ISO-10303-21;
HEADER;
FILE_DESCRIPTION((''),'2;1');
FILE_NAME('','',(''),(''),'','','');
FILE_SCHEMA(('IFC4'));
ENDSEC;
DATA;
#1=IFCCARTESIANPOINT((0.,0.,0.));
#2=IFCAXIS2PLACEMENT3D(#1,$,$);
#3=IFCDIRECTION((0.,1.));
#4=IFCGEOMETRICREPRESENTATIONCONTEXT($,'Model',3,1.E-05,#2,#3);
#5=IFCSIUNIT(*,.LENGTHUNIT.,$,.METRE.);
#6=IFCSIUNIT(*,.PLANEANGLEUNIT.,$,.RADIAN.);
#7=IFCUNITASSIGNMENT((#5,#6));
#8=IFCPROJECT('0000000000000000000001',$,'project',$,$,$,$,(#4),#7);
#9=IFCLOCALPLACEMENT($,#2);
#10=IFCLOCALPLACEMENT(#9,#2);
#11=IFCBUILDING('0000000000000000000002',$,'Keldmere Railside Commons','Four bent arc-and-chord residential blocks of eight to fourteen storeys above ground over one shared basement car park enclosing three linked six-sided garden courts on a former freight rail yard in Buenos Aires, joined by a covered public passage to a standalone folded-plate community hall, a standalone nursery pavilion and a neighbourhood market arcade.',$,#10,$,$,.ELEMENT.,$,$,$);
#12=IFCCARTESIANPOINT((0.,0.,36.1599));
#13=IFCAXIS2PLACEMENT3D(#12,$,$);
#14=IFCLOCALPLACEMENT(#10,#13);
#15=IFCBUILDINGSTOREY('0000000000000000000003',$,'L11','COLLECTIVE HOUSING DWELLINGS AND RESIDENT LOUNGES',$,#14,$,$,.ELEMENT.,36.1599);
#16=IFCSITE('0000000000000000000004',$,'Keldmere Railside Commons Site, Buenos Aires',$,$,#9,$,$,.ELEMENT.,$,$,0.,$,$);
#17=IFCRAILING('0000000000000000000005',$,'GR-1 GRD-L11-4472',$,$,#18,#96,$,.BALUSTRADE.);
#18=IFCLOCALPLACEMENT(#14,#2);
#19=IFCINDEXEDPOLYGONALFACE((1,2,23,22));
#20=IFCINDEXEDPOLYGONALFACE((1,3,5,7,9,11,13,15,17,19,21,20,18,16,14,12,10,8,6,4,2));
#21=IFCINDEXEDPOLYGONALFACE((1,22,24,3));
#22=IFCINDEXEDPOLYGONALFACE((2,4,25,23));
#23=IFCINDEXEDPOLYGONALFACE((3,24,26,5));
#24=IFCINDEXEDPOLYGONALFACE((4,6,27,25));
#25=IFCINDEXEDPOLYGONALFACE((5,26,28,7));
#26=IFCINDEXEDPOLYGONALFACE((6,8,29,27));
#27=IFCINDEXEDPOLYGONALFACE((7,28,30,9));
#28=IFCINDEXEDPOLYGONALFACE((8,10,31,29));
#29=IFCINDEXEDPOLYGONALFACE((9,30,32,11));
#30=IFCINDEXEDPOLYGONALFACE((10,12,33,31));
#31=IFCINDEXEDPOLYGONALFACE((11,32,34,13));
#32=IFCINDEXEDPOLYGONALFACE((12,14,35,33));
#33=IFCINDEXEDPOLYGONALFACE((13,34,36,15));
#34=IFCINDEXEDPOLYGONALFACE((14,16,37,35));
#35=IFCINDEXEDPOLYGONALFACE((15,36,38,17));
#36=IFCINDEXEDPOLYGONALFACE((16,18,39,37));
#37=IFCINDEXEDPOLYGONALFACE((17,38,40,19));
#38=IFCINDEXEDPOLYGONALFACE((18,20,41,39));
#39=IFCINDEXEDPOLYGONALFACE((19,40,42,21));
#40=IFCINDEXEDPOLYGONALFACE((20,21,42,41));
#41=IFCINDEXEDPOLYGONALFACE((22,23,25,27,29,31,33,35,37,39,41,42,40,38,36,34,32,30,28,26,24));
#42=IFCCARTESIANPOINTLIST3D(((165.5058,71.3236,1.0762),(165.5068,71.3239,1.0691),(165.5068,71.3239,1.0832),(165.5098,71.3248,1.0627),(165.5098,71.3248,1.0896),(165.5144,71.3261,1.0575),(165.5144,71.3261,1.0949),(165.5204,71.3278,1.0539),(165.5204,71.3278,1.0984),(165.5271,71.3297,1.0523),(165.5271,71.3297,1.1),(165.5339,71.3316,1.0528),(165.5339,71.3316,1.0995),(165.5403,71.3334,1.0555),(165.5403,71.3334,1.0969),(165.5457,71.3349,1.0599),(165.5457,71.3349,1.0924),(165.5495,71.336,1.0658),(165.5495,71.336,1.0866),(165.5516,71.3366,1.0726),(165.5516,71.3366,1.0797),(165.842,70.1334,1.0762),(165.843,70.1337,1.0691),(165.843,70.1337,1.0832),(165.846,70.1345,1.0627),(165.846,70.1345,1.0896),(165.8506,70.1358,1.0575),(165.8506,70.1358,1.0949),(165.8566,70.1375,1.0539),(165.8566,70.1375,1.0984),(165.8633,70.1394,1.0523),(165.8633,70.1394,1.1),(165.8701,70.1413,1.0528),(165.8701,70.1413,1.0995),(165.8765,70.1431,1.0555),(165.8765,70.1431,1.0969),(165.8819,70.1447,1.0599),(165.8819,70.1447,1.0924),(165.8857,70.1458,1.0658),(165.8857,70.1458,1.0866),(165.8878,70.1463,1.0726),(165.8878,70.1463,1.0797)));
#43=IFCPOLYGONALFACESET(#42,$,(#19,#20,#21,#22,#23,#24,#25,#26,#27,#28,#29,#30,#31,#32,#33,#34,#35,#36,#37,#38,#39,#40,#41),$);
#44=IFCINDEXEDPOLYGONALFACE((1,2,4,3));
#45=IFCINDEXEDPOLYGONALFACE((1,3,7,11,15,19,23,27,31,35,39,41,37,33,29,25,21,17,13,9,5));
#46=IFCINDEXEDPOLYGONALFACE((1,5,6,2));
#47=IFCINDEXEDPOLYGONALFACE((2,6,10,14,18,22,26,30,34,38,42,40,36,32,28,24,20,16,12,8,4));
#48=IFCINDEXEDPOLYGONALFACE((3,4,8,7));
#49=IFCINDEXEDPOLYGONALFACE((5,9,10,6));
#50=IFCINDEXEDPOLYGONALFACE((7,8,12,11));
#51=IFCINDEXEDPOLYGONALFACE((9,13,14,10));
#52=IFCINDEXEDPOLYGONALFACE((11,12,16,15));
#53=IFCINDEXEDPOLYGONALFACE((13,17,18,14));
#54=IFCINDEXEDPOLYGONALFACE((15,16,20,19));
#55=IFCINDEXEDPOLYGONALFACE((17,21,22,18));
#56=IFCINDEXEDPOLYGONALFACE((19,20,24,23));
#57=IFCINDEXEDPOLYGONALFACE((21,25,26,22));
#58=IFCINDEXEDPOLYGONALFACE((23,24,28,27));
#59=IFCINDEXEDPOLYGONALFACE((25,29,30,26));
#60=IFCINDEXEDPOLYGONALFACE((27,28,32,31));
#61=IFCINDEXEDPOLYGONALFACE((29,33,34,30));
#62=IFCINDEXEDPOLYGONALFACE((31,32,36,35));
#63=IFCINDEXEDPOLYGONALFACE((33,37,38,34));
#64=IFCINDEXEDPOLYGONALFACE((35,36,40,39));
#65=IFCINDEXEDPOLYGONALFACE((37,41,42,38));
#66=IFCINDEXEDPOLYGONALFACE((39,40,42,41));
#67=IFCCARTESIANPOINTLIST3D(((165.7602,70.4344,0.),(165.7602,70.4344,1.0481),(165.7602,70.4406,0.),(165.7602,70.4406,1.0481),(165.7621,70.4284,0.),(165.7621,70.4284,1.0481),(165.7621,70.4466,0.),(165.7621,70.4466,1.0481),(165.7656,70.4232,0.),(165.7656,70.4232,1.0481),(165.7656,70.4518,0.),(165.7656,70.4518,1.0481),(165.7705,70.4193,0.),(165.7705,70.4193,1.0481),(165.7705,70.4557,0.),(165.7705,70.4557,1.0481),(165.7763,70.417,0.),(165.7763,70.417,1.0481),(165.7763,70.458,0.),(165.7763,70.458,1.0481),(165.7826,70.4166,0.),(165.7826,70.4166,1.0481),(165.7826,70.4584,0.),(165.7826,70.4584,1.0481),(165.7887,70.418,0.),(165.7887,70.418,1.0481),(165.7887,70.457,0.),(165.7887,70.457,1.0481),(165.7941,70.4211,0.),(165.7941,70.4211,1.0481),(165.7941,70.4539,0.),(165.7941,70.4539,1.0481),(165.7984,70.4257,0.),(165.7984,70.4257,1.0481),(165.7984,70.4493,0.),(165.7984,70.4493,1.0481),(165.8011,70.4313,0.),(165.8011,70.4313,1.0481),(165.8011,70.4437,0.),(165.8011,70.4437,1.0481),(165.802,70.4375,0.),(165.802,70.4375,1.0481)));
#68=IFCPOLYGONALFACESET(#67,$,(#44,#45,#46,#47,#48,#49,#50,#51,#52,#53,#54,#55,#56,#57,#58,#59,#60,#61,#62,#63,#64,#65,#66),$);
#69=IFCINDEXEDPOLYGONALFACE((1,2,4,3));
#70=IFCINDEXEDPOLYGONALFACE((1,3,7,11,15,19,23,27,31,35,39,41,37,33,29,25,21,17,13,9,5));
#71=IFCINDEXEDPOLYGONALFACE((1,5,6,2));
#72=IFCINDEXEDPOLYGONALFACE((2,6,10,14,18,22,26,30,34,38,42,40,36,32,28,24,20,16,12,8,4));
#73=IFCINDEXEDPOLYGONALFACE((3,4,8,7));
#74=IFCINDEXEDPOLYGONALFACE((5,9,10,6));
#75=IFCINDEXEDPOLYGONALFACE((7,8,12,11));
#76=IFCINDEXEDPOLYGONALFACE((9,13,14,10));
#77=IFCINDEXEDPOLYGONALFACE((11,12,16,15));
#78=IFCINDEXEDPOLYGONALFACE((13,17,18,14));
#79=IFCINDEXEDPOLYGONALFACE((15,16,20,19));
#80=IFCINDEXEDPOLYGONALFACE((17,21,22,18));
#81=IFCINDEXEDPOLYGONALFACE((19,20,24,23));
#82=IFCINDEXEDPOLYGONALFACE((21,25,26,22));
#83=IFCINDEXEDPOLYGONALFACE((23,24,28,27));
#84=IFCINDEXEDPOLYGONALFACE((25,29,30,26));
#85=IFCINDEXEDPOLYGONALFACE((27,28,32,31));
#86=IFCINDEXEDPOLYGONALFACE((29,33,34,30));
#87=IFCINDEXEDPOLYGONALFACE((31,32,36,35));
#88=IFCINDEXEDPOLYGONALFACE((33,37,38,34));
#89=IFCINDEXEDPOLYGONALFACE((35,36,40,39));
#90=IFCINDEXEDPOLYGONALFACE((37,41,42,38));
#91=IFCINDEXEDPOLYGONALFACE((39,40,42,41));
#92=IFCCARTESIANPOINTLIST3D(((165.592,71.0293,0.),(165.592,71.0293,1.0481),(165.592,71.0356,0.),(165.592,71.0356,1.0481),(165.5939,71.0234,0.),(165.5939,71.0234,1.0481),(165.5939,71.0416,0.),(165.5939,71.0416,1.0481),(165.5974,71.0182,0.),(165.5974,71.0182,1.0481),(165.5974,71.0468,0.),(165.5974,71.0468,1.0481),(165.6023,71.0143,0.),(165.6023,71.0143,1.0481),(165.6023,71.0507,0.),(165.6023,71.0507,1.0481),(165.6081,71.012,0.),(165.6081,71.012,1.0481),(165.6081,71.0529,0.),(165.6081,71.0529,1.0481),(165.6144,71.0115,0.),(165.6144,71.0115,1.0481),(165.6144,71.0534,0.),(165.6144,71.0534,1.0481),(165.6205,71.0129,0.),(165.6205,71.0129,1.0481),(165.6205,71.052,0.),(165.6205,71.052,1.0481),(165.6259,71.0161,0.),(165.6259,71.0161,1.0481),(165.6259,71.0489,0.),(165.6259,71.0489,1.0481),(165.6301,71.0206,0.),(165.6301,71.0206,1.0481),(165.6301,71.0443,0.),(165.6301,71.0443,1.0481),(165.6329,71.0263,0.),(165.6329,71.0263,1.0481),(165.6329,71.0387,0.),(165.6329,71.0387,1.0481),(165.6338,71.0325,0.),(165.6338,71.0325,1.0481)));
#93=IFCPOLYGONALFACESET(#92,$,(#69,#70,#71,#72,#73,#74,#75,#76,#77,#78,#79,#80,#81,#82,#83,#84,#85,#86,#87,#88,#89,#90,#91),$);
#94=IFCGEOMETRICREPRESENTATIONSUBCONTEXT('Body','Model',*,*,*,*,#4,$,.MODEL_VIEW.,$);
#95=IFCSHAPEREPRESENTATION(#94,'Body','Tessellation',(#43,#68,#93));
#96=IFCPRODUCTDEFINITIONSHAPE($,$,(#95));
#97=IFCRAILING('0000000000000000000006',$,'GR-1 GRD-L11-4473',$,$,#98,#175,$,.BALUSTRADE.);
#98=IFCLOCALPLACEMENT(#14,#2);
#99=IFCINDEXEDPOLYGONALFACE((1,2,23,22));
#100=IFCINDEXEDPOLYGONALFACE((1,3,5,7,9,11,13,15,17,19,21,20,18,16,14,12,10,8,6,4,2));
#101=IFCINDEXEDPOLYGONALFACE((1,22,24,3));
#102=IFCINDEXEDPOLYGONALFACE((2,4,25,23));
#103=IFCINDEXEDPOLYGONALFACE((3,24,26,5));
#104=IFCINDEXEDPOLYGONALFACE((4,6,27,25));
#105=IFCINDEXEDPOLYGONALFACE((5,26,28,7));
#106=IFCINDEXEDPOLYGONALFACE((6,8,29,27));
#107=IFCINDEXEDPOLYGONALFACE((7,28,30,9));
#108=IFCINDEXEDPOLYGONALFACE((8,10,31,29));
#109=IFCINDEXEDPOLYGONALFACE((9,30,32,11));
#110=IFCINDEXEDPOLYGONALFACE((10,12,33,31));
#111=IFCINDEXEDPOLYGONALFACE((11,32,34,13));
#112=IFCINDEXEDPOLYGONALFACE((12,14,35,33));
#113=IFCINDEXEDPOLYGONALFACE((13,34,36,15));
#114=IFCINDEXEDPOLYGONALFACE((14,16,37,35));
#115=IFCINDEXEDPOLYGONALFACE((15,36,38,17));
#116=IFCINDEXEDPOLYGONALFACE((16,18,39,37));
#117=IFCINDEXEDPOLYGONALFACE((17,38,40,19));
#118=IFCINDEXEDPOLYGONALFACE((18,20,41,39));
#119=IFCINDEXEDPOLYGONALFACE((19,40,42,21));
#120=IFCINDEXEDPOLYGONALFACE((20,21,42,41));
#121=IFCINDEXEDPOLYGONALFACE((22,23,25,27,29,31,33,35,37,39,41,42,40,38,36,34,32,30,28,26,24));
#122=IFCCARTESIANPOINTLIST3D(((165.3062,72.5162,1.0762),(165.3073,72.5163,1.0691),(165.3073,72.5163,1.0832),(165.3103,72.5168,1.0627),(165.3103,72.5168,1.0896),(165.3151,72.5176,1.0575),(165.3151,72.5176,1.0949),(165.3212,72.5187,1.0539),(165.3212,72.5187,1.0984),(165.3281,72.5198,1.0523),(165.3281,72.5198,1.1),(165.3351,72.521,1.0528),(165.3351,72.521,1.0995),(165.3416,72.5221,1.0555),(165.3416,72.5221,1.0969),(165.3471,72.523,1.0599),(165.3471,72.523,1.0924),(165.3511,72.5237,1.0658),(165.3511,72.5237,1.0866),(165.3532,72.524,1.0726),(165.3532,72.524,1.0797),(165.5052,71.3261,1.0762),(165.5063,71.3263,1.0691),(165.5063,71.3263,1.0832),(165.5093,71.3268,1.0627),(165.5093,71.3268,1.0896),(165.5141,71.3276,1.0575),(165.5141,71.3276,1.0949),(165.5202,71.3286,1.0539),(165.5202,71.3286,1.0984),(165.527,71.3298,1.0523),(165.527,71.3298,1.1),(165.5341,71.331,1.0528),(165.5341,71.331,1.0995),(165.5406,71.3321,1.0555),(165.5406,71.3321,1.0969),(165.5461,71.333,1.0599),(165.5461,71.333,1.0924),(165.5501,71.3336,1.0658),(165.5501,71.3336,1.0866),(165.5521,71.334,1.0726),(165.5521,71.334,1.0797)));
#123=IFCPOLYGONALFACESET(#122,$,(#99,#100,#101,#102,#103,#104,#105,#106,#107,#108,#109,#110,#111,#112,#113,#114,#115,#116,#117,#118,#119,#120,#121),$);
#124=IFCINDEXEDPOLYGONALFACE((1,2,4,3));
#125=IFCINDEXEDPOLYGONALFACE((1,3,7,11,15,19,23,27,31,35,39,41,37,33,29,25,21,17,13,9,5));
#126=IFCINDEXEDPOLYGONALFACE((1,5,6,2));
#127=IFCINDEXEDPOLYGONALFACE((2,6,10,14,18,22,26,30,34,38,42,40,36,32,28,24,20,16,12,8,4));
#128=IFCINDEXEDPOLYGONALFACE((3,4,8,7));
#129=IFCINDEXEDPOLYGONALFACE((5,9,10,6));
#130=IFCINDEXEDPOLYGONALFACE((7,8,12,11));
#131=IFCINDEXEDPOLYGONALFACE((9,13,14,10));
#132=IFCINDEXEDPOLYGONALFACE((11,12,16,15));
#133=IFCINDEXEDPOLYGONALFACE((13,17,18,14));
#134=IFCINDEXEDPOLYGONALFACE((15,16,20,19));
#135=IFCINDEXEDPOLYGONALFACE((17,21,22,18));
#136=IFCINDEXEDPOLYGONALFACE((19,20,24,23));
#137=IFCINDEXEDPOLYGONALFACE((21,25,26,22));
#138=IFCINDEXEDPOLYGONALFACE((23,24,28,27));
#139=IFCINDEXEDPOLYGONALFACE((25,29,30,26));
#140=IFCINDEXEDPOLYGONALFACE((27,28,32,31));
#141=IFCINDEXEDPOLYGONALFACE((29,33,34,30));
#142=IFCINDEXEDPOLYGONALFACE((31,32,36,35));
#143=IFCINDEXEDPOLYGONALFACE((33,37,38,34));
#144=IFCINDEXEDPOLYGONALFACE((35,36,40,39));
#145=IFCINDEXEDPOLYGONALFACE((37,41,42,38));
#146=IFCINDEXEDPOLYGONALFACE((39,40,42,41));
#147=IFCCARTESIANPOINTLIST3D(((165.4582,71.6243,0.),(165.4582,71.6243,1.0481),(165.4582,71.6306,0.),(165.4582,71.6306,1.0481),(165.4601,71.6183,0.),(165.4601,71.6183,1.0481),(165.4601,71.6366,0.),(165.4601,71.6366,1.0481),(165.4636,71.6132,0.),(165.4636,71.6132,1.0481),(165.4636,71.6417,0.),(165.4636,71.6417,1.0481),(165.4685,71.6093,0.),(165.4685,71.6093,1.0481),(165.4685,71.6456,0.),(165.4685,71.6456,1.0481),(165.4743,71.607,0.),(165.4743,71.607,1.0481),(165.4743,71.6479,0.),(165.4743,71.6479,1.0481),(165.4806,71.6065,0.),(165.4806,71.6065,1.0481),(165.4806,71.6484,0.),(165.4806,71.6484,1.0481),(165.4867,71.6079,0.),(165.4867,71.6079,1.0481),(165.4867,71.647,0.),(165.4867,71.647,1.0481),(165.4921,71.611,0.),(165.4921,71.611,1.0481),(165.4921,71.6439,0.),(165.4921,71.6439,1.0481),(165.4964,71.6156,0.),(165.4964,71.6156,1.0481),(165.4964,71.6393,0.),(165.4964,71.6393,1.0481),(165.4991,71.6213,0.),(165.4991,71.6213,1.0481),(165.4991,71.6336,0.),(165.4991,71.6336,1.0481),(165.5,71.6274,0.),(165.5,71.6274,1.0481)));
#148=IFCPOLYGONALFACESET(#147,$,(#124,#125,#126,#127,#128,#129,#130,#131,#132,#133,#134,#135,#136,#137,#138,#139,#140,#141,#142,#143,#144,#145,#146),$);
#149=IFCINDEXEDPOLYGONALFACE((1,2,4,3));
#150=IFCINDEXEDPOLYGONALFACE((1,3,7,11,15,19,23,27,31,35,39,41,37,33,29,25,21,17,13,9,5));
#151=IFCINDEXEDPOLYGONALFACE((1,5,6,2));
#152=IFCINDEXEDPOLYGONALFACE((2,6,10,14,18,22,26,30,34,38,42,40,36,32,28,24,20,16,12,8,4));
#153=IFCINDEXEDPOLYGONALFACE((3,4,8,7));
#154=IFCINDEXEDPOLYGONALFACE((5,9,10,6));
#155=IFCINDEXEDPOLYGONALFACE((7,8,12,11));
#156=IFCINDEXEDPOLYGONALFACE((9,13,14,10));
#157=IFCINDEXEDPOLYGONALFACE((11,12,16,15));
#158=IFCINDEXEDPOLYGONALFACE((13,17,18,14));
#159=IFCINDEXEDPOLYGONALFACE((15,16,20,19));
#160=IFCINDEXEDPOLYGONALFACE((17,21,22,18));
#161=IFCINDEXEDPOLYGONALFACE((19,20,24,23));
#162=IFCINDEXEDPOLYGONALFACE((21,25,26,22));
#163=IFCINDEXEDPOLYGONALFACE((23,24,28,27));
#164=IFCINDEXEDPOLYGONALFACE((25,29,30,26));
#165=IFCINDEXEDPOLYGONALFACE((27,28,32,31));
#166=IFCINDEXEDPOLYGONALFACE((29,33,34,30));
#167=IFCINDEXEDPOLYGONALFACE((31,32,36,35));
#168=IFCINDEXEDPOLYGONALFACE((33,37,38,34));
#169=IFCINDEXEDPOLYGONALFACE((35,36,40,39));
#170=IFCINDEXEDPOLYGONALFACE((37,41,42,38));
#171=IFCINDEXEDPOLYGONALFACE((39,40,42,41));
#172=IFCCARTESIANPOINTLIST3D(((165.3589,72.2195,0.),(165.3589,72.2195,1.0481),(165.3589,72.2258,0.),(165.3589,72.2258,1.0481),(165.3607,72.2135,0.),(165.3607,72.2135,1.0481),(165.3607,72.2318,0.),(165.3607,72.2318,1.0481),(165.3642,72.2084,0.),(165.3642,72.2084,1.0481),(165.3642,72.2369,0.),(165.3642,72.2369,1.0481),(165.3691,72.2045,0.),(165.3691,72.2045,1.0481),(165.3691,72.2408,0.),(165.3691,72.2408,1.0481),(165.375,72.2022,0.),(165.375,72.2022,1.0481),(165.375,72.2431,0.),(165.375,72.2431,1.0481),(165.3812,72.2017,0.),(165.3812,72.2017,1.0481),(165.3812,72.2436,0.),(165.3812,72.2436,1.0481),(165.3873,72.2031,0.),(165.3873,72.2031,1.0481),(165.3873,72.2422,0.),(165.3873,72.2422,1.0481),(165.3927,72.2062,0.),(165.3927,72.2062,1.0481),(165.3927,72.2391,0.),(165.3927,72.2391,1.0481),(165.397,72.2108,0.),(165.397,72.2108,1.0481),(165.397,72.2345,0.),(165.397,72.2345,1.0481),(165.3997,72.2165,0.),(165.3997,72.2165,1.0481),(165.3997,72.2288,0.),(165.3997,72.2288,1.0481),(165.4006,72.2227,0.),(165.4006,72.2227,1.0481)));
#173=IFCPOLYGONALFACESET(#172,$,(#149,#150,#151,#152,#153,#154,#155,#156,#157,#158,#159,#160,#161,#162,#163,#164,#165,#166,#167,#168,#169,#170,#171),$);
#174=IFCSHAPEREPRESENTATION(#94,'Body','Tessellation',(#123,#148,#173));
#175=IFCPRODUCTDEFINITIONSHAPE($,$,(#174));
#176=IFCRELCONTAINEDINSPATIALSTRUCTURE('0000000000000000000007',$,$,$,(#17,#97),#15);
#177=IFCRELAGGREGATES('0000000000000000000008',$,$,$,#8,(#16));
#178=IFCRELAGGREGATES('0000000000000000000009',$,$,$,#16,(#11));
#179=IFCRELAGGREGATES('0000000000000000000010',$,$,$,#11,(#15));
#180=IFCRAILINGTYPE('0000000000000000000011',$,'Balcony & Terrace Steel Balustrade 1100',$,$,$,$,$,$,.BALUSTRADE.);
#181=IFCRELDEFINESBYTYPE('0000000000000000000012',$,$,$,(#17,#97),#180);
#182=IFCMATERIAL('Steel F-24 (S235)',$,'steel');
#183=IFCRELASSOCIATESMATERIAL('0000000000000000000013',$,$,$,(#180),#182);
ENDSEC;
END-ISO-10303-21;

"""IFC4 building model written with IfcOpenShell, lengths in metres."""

from ifc_helpers import new_model, si_unit, direction, frame, origin, origin_2d, place, context, subcontext, project, spatial, circle, extrude, material, type_object, element, save


model = new_model("IFC4")

# Units and contexts
model_context = context("Model", 3, precision=1e-05, world=origin(), true_north=direction((0.0, 1.0)))
body_context = subcontext(model_context, "Body", "Model", "MODEL_VIEW")
ifc_project = project(units=[si_unit("LENGTHUNIT", "METRE"), si_unit("PLANEANGLEUNIT", "RADIAN")], contexts=[model_context])

# Site, building, storey
site_placement = place(None, origin())
site = spatial("IfcSite", under=ifc_project, at=site_placement, Name="Keldmere Railside Commons Site, Buenos Aires", CompositionType="ELEMENT", RefElevation=0.0)
building_placement = place(site_placement, origin())
building = spatial("IfcBuilding", under=site, at=building_placement, Name="Keldmere Railside Commons", Description="Four bent arc-and-chord residential blocks of eight to fourteen storeys above ground over one shared basement car park enclosing three linked six-sided garden courts on a former freight rail yard in Buenos Aires, joined by a covered public passage to a standalone folded-plate community hall, a standalone nursery pavilion and a neighbourhood market arcade.", CompositionType="ELEMENT")
storey_placement = place(building_placement, frame((0.0, 0.0, 36.1599)))
storey = spatial("IfcBuildingStorey", under=building, at=storey_placement, Name="L11", Description="COLLECTIVE HOUSING DWELLINGS AND RESIDENT LOUNGES", CompositionType="ELEMENT", Elevation=36.1599)

# Railings
ifc_material_1 = material(Name="Steel F-24 (S235)", Category="steel")
railing_type = type_object("IfcRailingType", Name="Balcony & Terrace Steel Balustrade 1100", PredefinedType="BALUSTRADE", material=ifc_material_1)
railing_1_placement = place(storey_placement, frame((165.865, 70.1399, 0.0)))
element("IfcRailing", 1, at=railing_1_placement, inside=storey, type_object=railing_type, Name="GR-1 GRD-L11-4472", PredefinedType="BALUSTRADE", context=body_context, shape_type="SweptSolid", body=[
    extrude(circle(Radius=0.0239, at=origin_2d()), frame((0.0, 0.0, 1.0762), z_axis=(-0.271826, 0.962346, 0.0), x_axis=(-0.962346, -0.271826, 0.0)), (0.0, 0.0, 1.0), 1.2368),
    extrude(circle(Radius=0.021, at=origin_2d()), frame((-0.084, 0.2976, 0.0)), (0.0, 0.0, 1.0), 1.0481),
    extrude(circle(Radius=0.021, at=origin_2d()), frame((-0.2522, 0.8926, 0.0)), (0.0, 0.0, 1.0), 1.0481),
])
railing_2_placement = place(storey_placement, frame((165.5288, 71.3301, 0.0)))
element("IfcRailing", 2, at=railing_2_placement, inside=storey, type_object=railing_type, Name="GR-1 GRD-L11-4473", PredefinedType="BALUSTRADE", context=body_context, shape_type="SweptSolid", body=[
    extrude(circle(Radius=0.0239, at=origin_2d()), frame((0.0, 0.0, 1.0762), z_axis=(-0.164924, 0.986306, 0.0), x_axis=(-0.986306, -0.164924, 0.0)), (0.0, 0.0, 1.0), 1.2065),
    extrude(circle(Radius=0.021, at=origin_2d()), frame((-0.0498, 0.2974, 0.0)), (0.0, 0.0, 1.0), 1.0481),
    extrude(circle(Radius=0.021, at=origin_2d()), frame((-0.1492, 0.8926, 0.0)), (0.0, 0.0, 1.0), 1.0481),
])

save(model, "model.ifc")
